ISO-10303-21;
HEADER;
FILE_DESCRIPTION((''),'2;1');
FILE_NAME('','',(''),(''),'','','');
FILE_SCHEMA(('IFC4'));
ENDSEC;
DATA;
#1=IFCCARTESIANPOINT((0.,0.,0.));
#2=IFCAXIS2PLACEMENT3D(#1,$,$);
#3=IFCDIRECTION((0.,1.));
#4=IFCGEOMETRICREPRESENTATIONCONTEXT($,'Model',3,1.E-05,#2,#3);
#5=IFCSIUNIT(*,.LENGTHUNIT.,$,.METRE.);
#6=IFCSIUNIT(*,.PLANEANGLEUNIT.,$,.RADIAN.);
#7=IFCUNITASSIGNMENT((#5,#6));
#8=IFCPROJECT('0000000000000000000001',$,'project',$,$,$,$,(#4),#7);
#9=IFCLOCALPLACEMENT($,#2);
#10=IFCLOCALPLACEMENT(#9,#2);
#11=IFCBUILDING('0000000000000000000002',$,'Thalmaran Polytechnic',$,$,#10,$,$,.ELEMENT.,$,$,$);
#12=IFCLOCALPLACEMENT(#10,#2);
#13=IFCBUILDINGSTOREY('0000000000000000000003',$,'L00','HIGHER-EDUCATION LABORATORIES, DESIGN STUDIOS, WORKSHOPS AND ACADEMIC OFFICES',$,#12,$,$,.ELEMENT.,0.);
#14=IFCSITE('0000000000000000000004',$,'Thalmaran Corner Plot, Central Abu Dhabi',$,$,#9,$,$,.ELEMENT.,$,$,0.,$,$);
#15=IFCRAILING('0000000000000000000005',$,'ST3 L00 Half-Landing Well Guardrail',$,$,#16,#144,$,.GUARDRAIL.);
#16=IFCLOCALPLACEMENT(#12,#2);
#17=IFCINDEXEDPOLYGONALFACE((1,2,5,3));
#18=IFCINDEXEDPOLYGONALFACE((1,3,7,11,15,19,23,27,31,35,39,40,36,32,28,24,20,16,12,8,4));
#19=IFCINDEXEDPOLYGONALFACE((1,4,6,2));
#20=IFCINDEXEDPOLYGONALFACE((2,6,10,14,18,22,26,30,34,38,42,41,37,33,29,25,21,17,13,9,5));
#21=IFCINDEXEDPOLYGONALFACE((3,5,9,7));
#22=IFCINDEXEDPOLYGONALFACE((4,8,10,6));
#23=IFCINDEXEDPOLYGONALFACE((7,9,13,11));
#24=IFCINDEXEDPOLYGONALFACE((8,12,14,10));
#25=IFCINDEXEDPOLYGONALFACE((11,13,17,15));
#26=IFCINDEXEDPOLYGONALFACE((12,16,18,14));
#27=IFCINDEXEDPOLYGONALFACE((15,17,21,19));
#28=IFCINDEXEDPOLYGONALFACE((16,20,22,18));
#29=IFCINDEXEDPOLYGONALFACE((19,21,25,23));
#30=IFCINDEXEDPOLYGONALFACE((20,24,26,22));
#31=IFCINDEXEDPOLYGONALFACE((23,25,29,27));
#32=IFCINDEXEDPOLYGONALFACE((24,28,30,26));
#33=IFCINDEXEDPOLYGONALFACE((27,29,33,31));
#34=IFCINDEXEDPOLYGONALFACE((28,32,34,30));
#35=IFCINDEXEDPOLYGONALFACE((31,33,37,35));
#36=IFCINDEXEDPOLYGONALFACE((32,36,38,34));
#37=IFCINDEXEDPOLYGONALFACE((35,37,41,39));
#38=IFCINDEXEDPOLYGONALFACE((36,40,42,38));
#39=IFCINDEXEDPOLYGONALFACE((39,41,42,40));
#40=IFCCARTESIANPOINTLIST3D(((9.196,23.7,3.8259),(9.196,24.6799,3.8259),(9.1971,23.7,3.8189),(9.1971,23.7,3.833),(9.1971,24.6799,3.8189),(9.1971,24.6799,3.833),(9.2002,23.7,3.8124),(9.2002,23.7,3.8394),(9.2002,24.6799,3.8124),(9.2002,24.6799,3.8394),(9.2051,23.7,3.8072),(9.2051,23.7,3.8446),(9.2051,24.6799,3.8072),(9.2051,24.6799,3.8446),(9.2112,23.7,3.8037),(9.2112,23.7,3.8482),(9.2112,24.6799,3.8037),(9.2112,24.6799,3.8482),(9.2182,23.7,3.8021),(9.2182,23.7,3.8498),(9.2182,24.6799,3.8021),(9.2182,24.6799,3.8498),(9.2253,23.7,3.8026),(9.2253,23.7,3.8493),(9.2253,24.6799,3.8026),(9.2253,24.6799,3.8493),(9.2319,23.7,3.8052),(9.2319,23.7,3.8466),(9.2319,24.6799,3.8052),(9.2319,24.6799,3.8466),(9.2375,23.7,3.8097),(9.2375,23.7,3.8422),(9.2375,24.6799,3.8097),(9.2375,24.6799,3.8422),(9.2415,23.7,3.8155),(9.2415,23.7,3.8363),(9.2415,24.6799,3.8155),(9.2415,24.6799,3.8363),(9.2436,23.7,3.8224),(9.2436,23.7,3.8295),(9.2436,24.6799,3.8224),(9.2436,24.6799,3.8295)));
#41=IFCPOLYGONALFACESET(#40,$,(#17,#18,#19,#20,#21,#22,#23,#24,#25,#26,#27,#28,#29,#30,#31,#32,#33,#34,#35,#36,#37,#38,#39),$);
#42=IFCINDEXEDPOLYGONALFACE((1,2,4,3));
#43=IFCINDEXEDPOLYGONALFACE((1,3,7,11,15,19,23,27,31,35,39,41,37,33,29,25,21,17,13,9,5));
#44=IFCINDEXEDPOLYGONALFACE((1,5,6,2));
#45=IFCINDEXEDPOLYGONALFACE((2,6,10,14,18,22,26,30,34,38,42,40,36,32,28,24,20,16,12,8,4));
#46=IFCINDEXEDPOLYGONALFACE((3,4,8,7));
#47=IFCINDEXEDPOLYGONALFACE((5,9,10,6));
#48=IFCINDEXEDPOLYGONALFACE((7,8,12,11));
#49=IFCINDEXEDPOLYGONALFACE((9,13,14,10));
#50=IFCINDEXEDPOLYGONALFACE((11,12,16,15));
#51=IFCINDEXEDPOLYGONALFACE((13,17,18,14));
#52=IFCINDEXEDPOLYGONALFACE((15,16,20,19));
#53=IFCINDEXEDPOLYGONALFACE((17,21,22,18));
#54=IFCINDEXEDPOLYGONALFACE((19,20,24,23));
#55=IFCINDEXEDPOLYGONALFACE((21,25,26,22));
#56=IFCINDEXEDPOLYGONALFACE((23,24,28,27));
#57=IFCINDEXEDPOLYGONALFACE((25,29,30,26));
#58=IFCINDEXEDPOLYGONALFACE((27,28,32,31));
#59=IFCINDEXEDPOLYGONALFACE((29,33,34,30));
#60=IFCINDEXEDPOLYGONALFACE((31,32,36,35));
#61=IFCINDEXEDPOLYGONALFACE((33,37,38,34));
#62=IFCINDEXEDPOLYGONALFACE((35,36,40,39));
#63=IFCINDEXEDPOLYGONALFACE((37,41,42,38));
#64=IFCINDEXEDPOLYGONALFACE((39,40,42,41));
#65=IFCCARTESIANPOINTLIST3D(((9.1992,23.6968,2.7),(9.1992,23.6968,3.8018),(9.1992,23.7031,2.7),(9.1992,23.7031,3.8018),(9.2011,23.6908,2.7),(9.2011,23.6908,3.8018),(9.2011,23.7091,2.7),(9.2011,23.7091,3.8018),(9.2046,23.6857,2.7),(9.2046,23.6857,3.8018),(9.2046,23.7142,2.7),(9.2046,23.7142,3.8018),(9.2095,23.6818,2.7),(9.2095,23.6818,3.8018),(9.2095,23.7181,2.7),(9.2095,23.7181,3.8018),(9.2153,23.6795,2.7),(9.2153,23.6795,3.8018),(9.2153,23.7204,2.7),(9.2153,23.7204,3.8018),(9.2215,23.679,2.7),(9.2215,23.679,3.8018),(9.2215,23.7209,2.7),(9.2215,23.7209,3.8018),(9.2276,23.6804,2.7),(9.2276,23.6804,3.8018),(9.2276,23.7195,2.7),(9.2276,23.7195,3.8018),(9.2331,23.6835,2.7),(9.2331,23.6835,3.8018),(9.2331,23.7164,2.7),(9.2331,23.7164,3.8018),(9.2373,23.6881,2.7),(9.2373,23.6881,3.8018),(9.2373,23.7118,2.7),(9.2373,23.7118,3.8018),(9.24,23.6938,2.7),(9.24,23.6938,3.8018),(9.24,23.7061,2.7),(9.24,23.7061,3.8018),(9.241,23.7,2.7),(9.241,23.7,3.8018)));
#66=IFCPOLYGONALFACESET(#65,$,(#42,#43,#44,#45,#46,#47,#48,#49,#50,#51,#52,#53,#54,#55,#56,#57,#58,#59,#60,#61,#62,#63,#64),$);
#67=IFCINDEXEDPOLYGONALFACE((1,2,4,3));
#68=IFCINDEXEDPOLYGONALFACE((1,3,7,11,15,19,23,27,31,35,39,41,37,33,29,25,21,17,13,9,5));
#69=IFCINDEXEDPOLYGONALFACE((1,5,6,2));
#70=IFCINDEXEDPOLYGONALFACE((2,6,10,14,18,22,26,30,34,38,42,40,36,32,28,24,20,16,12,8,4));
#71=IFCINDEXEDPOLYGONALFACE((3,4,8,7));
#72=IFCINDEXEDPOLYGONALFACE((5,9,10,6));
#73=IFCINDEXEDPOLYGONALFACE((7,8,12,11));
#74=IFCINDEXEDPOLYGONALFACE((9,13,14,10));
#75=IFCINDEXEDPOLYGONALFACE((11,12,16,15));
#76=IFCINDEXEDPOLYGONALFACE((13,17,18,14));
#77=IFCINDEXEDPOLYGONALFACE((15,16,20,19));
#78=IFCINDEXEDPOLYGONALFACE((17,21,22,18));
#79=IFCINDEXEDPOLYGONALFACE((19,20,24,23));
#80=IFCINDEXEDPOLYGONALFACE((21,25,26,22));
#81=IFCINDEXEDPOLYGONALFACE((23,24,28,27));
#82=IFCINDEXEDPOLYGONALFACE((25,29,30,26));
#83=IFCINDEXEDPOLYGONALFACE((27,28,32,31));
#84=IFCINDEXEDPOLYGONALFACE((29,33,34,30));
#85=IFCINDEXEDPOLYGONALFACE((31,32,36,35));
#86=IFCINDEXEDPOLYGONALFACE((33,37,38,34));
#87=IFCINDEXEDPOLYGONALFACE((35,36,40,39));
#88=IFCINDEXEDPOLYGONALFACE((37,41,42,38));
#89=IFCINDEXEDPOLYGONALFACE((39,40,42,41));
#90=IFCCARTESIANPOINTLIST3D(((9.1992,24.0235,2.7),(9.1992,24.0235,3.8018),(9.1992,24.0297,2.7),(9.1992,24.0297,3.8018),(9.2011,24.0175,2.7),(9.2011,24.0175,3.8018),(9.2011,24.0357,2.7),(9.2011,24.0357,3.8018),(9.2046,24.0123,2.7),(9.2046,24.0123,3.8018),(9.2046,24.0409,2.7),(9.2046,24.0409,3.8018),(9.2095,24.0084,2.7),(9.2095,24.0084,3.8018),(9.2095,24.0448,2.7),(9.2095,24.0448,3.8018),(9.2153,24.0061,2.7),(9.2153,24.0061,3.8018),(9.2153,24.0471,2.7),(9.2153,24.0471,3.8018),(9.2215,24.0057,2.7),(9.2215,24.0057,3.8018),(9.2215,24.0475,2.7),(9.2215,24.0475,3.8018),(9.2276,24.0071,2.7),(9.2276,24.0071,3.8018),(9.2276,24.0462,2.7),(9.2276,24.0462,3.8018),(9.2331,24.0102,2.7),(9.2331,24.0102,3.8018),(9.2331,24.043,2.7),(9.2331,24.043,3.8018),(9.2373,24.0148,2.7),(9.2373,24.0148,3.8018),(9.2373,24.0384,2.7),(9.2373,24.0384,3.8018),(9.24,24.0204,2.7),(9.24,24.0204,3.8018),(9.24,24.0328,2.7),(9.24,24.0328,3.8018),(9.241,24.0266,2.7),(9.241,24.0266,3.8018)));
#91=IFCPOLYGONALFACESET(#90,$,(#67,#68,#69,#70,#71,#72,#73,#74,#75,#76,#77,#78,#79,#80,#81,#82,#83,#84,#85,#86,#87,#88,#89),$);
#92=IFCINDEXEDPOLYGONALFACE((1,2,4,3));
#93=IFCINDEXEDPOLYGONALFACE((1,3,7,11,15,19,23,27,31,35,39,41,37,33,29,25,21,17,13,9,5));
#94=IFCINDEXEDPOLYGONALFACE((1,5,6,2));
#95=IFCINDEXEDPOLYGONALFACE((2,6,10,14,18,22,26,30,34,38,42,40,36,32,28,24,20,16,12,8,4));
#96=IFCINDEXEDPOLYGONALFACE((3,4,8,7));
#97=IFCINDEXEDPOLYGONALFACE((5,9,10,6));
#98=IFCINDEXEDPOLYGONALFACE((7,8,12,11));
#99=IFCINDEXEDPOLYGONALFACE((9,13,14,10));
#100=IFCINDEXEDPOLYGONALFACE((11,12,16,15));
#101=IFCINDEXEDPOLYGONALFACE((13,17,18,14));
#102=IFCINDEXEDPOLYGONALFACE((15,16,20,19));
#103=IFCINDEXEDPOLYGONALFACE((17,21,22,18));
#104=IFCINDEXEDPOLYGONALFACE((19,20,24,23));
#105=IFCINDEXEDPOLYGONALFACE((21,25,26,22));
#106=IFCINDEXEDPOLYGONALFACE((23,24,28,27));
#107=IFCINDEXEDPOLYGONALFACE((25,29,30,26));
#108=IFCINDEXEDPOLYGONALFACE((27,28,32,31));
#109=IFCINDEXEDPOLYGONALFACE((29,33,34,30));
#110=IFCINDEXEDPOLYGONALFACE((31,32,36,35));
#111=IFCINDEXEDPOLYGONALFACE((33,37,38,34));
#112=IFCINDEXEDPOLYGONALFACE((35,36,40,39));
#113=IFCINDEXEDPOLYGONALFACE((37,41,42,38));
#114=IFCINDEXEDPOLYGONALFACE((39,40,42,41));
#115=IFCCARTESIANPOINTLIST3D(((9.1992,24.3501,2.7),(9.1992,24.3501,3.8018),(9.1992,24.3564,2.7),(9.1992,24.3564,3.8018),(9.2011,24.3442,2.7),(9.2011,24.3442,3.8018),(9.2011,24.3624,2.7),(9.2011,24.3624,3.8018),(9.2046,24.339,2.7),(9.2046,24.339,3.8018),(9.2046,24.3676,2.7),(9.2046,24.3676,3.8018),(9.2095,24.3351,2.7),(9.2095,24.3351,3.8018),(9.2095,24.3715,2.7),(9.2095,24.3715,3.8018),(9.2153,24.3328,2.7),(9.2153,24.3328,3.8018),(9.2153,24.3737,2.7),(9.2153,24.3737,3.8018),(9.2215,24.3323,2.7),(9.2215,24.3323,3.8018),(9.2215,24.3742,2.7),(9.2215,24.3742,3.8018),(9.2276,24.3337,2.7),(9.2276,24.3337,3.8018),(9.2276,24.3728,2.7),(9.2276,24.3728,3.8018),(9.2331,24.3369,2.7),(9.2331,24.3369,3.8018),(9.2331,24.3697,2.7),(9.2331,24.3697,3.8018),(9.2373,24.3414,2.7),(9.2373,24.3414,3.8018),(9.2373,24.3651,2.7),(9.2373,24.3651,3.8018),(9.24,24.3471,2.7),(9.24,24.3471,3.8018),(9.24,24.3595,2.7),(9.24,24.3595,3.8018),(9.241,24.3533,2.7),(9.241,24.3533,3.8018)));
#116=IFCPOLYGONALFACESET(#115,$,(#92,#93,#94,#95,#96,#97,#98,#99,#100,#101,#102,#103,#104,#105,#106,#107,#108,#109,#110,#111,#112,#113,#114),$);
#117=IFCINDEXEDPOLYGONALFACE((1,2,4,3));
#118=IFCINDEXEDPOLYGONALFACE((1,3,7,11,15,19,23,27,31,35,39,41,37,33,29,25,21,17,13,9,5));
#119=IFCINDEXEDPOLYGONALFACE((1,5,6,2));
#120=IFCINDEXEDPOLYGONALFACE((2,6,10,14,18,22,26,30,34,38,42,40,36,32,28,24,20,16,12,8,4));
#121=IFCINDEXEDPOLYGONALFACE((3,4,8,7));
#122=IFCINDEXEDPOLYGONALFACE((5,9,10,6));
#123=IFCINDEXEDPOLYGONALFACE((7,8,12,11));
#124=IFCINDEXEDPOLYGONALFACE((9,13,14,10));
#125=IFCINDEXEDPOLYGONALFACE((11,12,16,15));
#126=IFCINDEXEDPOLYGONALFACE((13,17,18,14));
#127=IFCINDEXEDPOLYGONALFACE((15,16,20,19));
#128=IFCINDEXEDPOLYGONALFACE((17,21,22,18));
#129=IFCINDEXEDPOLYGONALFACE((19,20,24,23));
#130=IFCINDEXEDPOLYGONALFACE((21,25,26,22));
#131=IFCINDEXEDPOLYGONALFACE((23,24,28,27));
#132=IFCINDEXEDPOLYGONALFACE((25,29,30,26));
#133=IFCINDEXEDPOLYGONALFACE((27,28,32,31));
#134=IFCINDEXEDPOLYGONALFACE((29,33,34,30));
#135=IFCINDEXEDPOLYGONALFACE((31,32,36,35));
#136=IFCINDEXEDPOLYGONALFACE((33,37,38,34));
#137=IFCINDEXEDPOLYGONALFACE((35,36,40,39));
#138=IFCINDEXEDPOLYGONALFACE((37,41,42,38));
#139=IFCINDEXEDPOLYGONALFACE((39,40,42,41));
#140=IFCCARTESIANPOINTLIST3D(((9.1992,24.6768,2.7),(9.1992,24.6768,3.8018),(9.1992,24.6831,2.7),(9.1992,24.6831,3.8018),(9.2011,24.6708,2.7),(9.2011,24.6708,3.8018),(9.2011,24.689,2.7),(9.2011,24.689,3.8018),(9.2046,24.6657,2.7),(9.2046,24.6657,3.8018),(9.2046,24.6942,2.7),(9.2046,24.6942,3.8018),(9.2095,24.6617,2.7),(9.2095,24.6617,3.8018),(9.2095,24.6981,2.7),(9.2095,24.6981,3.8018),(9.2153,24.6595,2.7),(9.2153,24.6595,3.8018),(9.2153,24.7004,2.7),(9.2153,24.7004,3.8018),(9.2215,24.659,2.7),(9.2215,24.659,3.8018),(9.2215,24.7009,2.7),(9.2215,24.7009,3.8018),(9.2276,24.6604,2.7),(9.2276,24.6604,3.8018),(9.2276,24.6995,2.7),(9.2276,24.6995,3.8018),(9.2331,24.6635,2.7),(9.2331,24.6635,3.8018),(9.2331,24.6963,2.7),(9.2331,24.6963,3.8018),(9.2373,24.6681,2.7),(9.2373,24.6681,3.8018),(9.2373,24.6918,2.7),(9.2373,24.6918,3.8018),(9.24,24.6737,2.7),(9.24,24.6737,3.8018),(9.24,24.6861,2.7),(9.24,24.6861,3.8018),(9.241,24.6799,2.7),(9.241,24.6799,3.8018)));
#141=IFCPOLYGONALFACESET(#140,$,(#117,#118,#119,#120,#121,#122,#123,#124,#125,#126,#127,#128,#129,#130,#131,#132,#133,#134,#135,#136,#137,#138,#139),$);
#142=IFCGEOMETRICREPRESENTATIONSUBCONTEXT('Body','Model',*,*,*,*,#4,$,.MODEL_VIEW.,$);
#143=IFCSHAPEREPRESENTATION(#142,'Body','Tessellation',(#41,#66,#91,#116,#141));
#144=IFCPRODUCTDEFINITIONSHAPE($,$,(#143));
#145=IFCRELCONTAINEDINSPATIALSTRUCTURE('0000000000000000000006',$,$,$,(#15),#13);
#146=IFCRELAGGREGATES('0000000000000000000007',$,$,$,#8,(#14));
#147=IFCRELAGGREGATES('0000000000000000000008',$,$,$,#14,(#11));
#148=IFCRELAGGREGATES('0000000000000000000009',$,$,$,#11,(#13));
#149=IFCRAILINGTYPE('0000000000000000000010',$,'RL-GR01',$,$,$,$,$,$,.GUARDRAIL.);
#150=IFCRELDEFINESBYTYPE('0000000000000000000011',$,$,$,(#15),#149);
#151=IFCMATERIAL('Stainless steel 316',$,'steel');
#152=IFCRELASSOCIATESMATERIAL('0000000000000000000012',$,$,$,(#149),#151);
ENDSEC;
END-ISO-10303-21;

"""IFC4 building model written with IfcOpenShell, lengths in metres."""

from ifc_helpers import new_model, si_unit, direction, frame, origin, origin_2d, place, context, subcontext, project, spatial, circle, extrude, material, type_object, element, save


model = new_model("IFC4")

# Units and contexts
model_context = context("Model", 3, precision=1e-05, world=origin(), true_north=direction((0.0, 1.0)))
body_context = subcontext(model_context, "Body", "Model", "MODEL_VIEW")
ifc_project = project(units=[si_unit("LENGTHUNIT", "METRE"), si_unit("PLANEANGLEUNIT", "RADIAN")], contexts=[model_context])

# Site, building, storey
site_placement = place(None, origin())
site = spatial("IfcSite", under=ifc_project, at=site_placement, Name="Thalmaran Corner Plot, Central Abu Dhabi", CompositionType="ELEMENT", RefElevation=0.0)
building_placement = place(site_placement, origin())
building = spatial("IfcBuilding", under=site, at=building_placement, Name="Thalmaran Polytechnic", CompositionType="ELEMENT")
storey_placement = place(building_placement, origin())
storey = spatial("IfcBuildingStorey", under=building, at=storey_placement, Name="L00", Description="HIGHER-EDUCATION LABORATORIES, DESIGN STUDIOS, WORKSHOPS AND ACADEMIC OFFICES", CompositionType="ELEMENT", Elevation=0.0)

# Railing
ifc_material_1 = material(Name="Stainless steel 316", Category="steel")
railing_type_1 = type_object("IfcRailingType", Name="RL-GR01", PredefinedType="GUARDRAIL", material=ifc_material_1)
railing_1_placement = place(storey_placement, frame((9.22, 23.7, 2.7)))
element("IfcRailing", 1, at=railing_1_placement, inside=storey, type_object=railing_type_1, Name="ST3 L00 Half-Landing Well Guardrail", PredefinedType="GUARDRAIL", context=body_context, shape_type="SweptSolid", body=[
    extrude(circle(Radius=0.0239, at=origin_2d()), frame((0.0, 0.0, 1.126), z_axis=(0.0, 1.0, 0.0), x_axis=(-1.0, 0.0, 0.0)), (0.0, 0.0, 1.0), 0.98),
    extrude(circle(Radius=0.021, at=origin_2d()), origin(), (0.0, 0.0, 1.0), 1.1018),
    extrude(circle(Radius=0.021, at=origin_2d()), frame((0.0, 0.3267, 0.0)), (0.0, 0.0, 1.0), 1.1018),
    extrude(circle(Radius=0.021, at=origin_2d()), frame((0.0, 0.6533, 0.0)), (0.0, 0.0, 1.0), 1.1018),
    extrude(circle(Radius=0.021, at=origin_2d()), frame((0.0, 0.98, 0.0)), (0.0, 0.0, 1.0), 1.1018),
])

save(model, "model.ifc")
